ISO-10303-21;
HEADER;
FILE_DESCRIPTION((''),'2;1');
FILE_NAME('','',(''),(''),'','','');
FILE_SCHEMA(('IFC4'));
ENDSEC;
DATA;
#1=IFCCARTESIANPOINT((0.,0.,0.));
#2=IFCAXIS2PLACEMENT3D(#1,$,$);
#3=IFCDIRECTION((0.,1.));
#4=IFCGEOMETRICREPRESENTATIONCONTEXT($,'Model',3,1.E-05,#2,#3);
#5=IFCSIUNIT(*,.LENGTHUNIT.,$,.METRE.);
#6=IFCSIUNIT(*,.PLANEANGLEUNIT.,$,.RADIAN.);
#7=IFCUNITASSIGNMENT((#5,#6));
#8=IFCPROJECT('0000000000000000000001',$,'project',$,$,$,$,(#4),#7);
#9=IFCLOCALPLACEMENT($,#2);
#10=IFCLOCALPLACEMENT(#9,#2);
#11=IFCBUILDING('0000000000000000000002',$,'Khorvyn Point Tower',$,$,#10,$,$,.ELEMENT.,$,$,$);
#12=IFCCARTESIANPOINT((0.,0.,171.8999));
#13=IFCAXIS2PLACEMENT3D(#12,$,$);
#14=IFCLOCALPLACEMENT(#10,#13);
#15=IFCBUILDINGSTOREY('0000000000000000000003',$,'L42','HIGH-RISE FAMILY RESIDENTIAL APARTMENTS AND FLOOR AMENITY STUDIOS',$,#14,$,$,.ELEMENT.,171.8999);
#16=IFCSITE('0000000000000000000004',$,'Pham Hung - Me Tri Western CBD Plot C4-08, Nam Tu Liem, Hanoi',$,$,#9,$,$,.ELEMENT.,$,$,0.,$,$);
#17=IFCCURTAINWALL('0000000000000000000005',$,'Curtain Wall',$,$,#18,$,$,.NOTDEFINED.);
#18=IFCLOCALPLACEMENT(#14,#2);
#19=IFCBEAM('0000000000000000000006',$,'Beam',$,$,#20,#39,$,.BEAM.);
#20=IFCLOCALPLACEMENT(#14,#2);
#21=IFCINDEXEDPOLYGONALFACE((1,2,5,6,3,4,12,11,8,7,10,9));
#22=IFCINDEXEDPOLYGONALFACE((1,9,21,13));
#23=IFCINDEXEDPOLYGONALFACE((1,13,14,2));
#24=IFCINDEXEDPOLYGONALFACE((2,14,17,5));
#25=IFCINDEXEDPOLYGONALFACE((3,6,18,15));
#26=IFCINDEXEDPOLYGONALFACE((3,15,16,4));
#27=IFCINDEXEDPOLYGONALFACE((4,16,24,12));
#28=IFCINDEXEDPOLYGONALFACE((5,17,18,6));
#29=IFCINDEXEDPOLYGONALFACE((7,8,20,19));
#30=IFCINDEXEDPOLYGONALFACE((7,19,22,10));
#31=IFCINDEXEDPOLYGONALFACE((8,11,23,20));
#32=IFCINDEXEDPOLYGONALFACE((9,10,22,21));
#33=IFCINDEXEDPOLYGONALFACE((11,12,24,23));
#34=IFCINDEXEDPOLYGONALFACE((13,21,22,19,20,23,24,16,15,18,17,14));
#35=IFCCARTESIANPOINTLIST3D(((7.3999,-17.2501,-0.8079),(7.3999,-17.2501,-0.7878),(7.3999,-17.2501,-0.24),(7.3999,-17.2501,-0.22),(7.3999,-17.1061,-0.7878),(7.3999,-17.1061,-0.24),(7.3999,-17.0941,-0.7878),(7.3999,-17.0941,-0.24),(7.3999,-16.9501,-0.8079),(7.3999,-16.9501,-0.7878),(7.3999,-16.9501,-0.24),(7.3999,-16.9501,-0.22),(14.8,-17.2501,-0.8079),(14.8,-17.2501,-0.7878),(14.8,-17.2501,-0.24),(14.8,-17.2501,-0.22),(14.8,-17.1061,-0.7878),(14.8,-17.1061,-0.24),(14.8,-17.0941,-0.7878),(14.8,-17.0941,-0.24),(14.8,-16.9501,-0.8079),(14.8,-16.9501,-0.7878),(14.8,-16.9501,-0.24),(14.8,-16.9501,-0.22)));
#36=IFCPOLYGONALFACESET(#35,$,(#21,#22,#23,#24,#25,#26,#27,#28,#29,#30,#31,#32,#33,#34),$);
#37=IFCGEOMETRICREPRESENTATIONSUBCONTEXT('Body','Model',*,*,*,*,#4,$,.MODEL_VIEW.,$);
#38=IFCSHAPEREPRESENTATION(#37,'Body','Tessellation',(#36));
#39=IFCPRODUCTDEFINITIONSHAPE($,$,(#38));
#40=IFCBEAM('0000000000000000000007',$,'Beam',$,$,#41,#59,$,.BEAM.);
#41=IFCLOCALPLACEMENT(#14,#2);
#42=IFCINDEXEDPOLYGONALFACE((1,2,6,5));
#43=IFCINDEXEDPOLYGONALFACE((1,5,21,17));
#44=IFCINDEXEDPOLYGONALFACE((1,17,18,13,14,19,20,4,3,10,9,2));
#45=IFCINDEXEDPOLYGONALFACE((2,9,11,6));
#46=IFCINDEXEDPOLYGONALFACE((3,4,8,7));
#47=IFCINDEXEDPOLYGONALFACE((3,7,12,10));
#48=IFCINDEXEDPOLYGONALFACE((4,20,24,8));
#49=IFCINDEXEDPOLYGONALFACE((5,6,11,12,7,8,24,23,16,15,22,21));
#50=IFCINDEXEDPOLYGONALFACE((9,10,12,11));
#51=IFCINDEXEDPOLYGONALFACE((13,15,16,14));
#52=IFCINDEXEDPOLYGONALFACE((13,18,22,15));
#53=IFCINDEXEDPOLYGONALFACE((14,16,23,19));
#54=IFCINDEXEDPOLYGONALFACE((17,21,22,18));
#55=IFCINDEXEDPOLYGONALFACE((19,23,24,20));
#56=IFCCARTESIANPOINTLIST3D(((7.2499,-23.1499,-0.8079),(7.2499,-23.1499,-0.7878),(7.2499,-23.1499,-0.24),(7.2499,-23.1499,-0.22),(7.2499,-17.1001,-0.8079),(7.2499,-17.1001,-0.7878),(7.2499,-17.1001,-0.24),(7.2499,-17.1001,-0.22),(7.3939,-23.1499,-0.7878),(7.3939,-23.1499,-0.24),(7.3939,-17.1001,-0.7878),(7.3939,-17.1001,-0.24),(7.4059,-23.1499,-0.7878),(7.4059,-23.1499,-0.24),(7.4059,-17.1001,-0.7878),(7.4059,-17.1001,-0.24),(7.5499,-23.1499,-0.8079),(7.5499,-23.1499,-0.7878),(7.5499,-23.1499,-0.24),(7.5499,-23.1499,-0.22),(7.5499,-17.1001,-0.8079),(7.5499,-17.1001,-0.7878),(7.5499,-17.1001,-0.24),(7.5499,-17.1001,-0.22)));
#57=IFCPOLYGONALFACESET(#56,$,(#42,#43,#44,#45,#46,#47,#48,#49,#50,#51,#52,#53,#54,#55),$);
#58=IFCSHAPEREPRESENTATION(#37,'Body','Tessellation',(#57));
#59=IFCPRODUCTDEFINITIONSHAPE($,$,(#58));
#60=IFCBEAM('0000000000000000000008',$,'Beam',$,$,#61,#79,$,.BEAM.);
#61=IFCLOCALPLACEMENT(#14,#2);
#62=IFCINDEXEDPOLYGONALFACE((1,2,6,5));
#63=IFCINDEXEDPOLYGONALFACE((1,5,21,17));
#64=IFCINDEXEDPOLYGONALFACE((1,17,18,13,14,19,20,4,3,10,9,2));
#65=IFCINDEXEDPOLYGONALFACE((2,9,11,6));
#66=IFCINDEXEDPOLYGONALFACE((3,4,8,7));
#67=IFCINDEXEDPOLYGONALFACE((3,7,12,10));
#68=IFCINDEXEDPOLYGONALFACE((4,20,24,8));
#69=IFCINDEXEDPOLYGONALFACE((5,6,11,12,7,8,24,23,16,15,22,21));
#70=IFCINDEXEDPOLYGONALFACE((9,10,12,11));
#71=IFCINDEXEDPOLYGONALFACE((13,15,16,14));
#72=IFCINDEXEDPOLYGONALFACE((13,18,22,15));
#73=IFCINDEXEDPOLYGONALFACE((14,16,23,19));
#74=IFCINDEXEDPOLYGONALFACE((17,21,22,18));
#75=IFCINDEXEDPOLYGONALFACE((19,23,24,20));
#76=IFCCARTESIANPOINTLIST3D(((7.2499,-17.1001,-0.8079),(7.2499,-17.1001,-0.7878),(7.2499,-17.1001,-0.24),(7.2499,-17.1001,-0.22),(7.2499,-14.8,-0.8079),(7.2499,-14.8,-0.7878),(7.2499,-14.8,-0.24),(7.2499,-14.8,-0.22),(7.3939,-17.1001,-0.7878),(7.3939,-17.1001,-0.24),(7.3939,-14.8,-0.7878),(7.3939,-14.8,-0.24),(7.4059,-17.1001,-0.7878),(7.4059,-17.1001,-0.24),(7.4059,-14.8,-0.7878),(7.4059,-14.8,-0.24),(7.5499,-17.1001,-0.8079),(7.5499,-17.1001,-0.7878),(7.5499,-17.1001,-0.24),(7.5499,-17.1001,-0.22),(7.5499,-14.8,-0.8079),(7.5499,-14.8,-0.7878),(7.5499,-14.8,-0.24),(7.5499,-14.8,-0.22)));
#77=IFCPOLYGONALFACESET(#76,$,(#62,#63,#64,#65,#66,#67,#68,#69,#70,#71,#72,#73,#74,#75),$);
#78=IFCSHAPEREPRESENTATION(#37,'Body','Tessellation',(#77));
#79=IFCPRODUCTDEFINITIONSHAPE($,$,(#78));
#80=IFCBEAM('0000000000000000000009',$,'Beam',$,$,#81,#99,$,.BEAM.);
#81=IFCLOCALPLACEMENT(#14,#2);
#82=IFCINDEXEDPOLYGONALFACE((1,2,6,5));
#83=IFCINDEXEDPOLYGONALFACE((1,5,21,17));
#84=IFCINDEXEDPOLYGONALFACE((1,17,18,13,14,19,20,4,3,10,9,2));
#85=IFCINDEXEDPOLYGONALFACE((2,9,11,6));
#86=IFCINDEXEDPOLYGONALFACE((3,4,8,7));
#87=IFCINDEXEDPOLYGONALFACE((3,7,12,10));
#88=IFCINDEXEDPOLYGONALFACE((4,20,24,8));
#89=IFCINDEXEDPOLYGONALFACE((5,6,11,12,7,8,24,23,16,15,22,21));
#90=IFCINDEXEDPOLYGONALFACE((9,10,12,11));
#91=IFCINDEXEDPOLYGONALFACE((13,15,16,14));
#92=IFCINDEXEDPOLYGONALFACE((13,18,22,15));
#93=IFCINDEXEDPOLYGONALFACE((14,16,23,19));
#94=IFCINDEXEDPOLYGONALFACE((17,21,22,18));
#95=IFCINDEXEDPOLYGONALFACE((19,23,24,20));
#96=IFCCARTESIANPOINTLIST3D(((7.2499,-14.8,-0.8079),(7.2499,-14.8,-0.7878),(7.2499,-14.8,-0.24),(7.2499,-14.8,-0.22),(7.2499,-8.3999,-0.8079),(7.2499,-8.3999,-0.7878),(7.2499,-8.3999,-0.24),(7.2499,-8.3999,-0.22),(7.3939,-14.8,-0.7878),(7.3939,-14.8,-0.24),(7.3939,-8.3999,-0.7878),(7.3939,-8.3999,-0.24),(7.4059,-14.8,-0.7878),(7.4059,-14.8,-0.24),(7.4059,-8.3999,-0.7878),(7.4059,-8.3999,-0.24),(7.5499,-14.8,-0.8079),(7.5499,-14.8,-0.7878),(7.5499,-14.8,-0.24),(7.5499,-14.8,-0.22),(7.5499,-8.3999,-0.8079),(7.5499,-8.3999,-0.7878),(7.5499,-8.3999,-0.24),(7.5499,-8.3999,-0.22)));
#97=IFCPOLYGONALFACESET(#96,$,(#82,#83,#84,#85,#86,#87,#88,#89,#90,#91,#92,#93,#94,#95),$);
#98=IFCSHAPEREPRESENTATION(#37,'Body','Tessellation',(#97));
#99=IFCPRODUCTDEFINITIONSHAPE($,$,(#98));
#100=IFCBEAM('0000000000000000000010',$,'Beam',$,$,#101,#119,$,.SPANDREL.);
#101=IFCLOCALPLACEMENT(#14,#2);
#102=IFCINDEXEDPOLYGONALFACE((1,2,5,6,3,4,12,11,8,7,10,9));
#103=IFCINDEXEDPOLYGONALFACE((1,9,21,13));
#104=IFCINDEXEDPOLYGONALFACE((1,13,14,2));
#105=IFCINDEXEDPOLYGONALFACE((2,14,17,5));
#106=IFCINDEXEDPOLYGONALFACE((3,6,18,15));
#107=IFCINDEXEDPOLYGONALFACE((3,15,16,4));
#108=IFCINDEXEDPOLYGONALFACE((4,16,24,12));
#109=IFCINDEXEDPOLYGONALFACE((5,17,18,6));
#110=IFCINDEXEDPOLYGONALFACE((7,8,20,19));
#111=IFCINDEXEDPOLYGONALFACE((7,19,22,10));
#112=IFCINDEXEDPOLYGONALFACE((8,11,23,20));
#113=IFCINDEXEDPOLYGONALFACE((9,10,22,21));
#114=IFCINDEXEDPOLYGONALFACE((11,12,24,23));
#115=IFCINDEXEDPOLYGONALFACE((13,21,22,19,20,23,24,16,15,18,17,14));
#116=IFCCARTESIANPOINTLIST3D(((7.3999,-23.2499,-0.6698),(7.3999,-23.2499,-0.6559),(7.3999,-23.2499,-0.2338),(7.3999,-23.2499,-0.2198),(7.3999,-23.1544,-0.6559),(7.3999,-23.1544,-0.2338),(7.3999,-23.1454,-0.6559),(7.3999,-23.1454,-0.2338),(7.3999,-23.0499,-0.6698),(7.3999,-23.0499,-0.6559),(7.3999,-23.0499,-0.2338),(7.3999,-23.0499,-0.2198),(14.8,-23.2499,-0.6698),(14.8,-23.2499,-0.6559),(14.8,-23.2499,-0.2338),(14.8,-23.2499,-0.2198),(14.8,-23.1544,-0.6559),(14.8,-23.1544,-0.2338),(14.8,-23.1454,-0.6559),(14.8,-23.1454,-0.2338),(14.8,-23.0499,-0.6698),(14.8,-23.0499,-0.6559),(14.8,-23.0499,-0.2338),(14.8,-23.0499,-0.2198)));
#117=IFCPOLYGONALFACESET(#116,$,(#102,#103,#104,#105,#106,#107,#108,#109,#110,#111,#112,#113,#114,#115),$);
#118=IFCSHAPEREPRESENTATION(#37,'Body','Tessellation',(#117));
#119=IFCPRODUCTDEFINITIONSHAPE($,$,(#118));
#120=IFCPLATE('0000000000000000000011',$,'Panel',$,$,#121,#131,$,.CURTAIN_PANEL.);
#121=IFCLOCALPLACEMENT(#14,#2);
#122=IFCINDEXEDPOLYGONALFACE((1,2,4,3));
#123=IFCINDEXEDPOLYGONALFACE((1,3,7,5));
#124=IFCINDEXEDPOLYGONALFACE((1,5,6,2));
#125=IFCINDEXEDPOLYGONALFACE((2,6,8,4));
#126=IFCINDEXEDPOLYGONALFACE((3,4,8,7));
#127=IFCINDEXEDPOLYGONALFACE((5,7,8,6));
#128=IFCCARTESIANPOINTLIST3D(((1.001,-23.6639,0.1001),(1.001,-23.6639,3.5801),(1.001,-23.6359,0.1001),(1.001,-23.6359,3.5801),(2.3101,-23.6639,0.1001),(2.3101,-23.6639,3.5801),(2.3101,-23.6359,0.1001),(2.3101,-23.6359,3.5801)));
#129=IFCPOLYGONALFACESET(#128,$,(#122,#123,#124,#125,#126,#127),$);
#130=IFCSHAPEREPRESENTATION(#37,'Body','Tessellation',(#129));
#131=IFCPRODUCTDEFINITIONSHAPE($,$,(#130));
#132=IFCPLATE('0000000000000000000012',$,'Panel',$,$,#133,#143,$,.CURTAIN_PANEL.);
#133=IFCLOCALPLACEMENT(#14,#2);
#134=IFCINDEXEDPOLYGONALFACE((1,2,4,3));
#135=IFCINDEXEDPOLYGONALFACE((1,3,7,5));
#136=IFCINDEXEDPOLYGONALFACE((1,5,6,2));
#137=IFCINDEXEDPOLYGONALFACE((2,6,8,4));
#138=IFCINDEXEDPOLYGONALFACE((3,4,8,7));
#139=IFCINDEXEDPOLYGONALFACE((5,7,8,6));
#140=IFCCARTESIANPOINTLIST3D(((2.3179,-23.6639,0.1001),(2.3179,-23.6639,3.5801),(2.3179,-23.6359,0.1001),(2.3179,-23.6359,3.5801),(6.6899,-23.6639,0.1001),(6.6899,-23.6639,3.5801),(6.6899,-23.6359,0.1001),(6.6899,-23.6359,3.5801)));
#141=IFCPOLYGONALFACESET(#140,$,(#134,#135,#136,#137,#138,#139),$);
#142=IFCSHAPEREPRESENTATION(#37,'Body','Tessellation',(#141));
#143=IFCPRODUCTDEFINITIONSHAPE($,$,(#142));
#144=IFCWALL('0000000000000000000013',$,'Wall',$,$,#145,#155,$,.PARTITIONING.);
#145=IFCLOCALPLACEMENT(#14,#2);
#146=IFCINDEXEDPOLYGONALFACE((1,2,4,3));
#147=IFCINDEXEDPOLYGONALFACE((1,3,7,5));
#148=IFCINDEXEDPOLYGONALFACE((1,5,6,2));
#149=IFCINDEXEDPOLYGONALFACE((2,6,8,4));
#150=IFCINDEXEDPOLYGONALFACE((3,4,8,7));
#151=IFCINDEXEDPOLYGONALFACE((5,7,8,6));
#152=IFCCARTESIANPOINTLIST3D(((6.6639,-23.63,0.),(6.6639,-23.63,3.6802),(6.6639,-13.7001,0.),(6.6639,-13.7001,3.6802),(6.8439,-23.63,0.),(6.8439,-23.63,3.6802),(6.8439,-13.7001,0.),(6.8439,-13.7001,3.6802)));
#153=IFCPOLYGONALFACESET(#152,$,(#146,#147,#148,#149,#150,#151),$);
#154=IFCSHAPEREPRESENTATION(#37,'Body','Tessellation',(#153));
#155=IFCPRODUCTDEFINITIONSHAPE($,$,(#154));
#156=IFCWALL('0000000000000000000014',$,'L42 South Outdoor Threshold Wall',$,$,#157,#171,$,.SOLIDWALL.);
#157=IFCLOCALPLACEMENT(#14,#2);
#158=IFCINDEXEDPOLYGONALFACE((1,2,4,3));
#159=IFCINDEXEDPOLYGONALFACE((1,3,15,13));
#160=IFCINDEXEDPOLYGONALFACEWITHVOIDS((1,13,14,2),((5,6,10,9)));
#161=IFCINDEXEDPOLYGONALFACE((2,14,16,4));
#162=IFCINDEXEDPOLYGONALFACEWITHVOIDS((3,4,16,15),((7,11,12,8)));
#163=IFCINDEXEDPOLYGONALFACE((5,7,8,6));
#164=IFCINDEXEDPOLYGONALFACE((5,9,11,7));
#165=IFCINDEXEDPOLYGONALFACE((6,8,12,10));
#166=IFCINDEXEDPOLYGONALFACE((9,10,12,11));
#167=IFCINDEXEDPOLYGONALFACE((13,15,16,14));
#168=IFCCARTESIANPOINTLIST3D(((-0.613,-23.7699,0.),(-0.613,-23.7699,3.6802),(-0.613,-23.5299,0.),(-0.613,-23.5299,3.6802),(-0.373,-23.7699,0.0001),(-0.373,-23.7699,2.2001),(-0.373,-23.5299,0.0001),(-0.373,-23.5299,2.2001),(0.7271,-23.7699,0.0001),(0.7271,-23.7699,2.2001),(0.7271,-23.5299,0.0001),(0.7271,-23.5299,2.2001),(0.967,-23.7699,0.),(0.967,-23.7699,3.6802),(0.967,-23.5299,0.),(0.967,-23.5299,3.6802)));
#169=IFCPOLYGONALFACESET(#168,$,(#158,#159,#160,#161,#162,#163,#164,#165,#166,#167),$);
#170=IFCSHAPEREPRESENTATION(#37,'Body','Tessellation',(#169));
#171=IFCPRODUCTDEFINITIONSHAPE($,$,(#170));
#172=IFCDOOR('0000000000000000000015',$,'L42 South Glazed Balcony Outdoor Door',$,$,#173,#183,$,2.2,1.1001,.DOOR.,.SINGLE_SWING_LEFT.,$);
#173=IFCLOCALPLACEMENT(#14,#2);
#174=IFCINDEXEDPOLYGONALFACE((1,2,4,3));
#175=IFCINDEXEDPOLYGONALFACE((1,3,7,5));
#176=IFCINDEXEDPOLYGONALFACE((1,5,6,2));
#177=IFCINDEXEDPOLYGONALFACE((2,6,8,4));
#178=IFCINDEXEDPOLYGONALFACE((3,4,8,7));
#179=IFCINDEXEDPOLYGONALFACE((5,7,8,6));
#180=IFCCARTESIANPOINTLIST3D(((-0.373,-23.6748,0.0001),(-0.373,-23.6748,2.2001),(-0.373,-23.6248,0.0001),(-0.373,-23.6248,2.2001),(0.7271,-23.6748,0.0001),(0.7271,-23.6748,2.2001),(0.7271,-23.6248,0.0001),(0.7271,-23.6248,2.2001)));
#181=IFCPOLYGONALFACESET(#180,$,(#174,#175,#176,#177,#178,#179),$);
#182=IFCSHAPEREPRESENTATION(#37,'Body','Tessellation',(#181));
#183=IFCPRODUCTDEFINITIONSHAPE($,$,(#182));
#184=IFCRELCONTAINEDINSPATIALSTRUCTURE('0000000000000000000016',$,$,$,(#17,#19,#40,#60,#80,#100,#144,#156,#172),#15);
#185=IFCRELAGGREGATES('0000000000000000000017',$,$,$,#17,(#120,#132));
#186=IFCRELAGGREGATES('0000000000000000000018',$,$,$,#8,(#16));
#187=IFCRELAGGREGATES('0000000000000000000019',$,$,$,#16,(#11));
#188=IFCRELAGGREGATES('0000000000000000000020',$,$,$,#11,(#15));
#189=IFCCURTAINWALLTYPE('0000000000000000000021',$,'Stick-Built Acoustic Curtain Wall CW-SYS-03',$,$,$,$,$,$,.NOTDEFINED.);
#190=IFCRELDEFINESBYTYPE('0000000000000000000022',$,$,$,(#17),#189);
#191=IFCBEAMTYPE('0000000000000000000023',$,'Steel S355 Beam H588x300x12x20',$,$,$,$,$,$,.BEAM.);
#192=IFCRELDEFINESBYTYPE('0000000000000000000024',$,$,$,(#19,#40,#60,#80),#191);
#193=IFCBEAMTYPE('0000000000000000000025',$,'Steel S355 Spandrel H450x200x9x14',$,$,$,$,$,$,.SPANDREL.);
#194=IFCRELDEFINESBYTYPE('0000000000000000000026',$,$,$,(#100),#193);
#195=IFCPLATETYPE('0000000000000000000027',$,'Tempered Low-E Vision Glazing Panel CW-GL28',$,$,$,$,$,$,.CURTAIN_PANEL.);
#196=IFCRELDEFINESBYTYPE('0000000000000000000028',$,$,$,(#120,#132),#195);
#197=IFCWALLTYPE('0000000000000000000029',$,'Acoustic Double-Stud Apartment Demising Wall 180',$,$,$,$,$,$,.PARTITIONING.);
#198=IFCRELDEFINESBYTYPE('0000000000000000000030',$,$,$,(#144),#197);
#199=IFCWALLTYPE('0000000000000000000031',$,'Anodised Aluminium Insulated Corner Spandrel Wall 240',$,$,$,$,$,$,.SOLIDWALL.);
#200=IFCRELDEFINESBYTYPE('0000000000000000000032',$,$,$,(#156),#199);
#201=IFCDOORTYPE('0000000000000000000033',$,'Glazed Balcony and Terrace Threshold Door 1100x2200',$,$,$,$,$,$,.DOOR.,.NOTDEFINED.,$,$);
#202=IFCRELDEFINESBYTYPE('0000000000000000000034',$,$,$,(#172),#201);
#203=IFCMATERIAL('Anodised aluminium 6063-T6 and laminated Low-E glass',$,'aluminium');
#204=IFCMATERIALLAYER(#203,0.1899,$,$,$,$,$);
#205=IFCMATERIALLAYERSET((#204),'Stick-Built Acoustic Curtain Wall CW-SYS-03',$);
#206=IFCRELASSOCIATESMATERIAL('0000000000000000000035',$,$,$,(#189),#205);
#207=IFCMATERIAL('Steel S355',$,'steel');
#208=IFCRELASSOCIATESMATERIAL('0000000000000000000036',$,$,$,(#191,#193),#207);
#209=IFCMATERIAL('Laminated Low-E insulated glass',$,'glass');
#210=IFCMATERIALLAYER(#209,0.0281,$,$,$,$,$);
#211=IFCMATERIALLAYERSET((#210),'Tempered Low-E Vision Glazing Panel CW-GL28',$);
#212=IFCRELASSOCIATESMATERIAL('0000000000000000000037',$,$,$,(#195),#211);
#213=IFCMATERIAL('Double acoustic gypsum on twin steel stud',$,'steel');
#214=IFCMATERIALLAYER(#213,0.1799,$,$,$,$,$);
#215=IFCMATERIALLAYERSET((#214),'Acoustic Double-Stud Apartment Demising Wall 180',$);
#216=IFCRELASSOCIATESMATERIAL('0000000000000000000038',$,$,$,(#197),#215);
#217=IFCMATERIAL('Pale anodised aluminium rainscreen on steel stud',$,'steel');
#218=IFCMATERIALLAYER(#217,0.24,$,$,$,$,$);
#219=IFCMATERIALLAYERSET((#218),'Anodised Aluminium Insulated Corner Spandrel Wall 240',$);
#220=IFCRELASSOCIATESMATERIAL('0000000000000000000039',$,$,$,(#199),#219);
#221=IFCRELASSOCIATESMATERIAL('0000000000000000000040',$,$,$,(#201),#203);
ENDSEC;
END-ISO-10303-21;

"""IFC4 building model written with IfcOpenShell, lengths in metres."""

from ifc_helpers import new_model, si_unit, direction, frame, frame_2d, origin, origin_2d, place, context, subcontext, project, spatial, rectangle, i_section, extrude, material, layer, layer_set, material_profile, profile_set, type_object, element, fill, aggregate, save


model = new_model("IFC4")

# Units and contexts
model_context = context("Model", 3, precision=1e-05, world=origin(), true_north=direction((0.0, 1.0)))
body_context = subcontext(model_context, "Body", "Model", "MODEL_VIEW")
ifc_project = project(units=[si_unit("LENGTHUNIT", "METRE"), si_unit("PLANEANGLEUNIT", "RADIAN")], contexts=[model_context])

# Site, building, storey
site_placement = place(None, origin())
site = spatial("IfcSite", under=ifc_project, at=site_placement, Name="Pham Hung - Me Tri Western CBD Plot C4-08, Nam Tu Liem, Hanoi", CompositionType="ELEMENT", RefElevation=0.0)
building_placement = place(site_placement, origin())
building = spatial("IfcBuilding", under=site, at=building_placement, Name="Khorvyn Point Tower", CompositionType="ELEMENT")
storey_placement = place(building_placement, frame((0.0, 0.0, 171.8999)))
storey = spatial("IfcBuildingStorey", under=building, at=storey_placement, Name="L42", Description="HIGH-RISE FAMILY RESIDENTIAL APARTMENTS AND FLOOR AMENITY STUDIOS", CompositionType="ELEMENT", Elevation=171.8999)

# Curtain wall
ifc_material_1 = material(Name="Anodised aluminium 6063-T6 and laminated Low-E glass", Category="aluminium")
ifc_layer_1 = layer(ifc_material_1, 0.1899)
ifc_layer_set_1 = layer_set([ifc_layer_1], Name="Stick-Built Acoustic Curtain Wall CW-SYS-03")
curtain_wall_type = type_object("IfcCurtainWallType", Name="Stick-Built Acoustic Curtain Wall CW-SYS-03", PredefinedType="NOTDEFINED", material=ifc_layer_set_1)
curtain_wall_1_placement = place(storey_placement, origin())
curtain_wall_1 = element("IfcCurtainWall", 1, at=curtain_wall_1_placement, inside=storey, type_object=curtain_wall_type, Name="Curtain Wall", PredefinedType="NOTDEFINED")

# Beams
ifc_material_2 = material(Name="Steel S355", Category="steel")
ifc_material_profile_1 = material_profile(ifc_material_2, i_section(OverallWidth=0.3, OverallDepth=0.5879, WebThickness=0.012, FlangeThickness=0.02, at=origin_2d()))
ifc_profile_set_1 = profile_set([ifc_material_profile_1], Name="Steel S355 H588x300x12x20")
beam_type_1 = type_object("IfcBeamType", Name="Steel S355 Beam H588x300x12x20", PredefinedType="BEAM", material=ifc_profile_set_1)
for number, where, z_axis, x_axis, name in (
    (2, (7.3999, -17.1001, -0.5139), (1.0, 0.0, 0.0), (0.0, 1.0, 0.0), "Beam"),
):
    element("IfcBeam", number, at=place(storey_placement, frame(where, z_axis=z_axis, x_axis=x_axis)), inside=storey, type_object=beam_type_1, Name=name, PredefinedType="BEAM", context=body_context, shape_type="SweptSolid", body=[
        extrude(i_section(OverallWidth=0.3, OverallDepth=0.5879, WebThickness=0.012, FlangeThickness=0.02, at=origin_2d()), origin(), (0.0, 0.0, 1.0), 7.4001),
    ])
beam_1_placement = place(storey_placement, frame((7.3999, -23.1499, -0.5139), z_axis=(0.0, 1.0, 0.0), x_axis=(-1.0, 0.0, 0.0)))
element("IfcBeam", 3, at=beam_1_placement, inside=storey, type_object=beam_type_1, Name="Beam", PredefinedType="BEAM", context=body_context, shape_type="SweptSolid", body=[
    extrude(i_section(OverallWidth=0.3, OverallDepth=0.5879, WebThickness=0.012, FlangeThickness=0.02, at=origin_2d()), origin(), (0.0, 0.0, 1.0), 6.0498),
])
beam_2_placement = place(storey_placement, frame((7.3999, -17.1001, -0.5139), z_axis=(0.0, 1.0, 0.0), x_axis=(-1.0, 0.0, 0.0)))
element("IfcBeam", 4, at=beam_2_placement, inside=storey, type_object=beam_type_1, Name="Beam", PredefinedType="BEAM", context=body_context, shape_type="SweptSolid", body=[
    extrude(i_section(OverallWidth=0.3, OverallDepth=0.5879, WebThickness=0.012, FlangeThickness=0.02, at=origin_2d()), origin(), (0.0, 0.0, 1.0), 2.3),
])
beam_3_placement = place(storey_placement, frame((7.3999, -14.8, -0.5139), z_axis=(0.0, 1.0, 0.0), x_axis=(-1.0, 0.0, 0.0)))
element("IfcBeam", 5, at=beam_3_placement, inside=storey, type_object=beam_type_1, Name="Beam", PredefinedType="BEAM", context=body_context, shape_type="SweptSolid", body=[
    extrude(i_section(OverallWidth=0.3, OverallDepth=0.5879, WebThickness=0.012, FlangeThickness=0.02, at=origin_2d()), origin(), (0.0, 0.0, 1.0), 6.4001),
])
ifc_material_profile_2 = material_profile(ifc_material_2, i_section(OverallWidth=0.2, OverallDepth=0.45, WebThickness=0.009, FlangeThickness=0.0139, at=origin_2d()))
ifc_profile_set_2 = profile_set([ifc_material_profile_2], Name="Steel S355 H450x200x9x14")
beam_type_2 = type_object("IfcBeamType", Name="Steel S355 Spandrel H450x200x9x14", PredefinedType="SPANDREL", material=ifc_profile_set_2)
beam_4_placement = place(storey_placement, frame((7.3999, -23.1499, -0.4448), z_axis=(1.0, 0.0, 0.0), x_axis=(0.0, 1.0, 0.0)))
element("IfcBeam", 6, at=beam_4_placement, inside=storey, type_object=beam_type_2, Name="Beam", PredefinedType="SPANDREL", context=body_context, shape_type="SweptSolid", body=[
    extrude(i_section(OverallWidth=0.2, OverallDepth=0.45, WebThickness=0.009, FlangeThickness=0.0139, at=origin_2d()), origin(), (0.0, 0.0, 1.0), 7.4001),
])

# Plates
ifc_material_3 = material(Name="Laminated Low-E insulated glass", Category="glass")
ifc_layer_2 = layer(ifc_material_3, 0.0281)
ifc_layer_set_2 = layer_set([ifc_layer_2], Name="Tempered Low-E Vision Glazing Panel CW-GL28")
plate_type = type_object("IfcPlateType", Name="Tempered Low-E Vision Glazing Panel CW-GL28", PredefinedType="CURTAIN_PANEL", material=ifc_layer_set_2)
plate_1_placement = place(storey_placement, frame((1.6555, -23.6499, 0.1001), z_axis=(0.0, 0.0, 1.0), x_axis=(-1.0, 0.0, 0.0)))
plate_1 = element("IfcPlate", 7, at=plate_1_placement, type_object=plate_type, Name="Panel", PredefinedType="CURTAIN_PANEL", context=body_context, shape_type="SweptSolid", body=[
    extrude(rectangle(XDim=1.3091, YDim=0.0281, at=origin_2d()), origin(), (0.0, 0.0, 1.0), 3.48),
])
plate_2_placement = place(storey_placement, frame((4.5039, -23.6499, 0.1001), z_axis=(0.0, 0.0, 1.0), x_axis=(-1.0, 0.0, 0.0)))
plate_2 = element("IfcPlate", 8, at=plate_2_placement, type_object=plate_type, Name="Panel", PredefinedType="CURTAIN_PANEL", context=body_context, shape_type="SweptSolid", body=[
    extrude(rectangle(XDim=4.3721, YDim=0.0281, at=origin_2d()), origin(), (0.0, 0.0, 1.0), 3.48),
])
aggregate(curtain_wall_1, [plate_1, plate_2])

# Wall
ifc_material_4 = material(Name="Double acoustic gypsum on twin steel stud", Category="steel")
ifc_layer_3 = layer(ifc_material_4, 0.1799)
ifc_layer_set_3 = layer_set([ifc_layer_3], Name="Acoustic Double-Stud Apartment Demising Wall 180")
wall_type_1 = type_object("IfcWallType", Name="Acoustic Double-Stud Apartment Demising Wall 180", PredefinedType="PARTITIONING", material=ifc_layer_set_3)
wall_1_placement = place(storey_placement, frame((6.7539, -23.6299, 0.0), z_axis=(0.0, 0.0, 1.0), x_axis=(0.0, 1.0, 0.0)))
element("IfcWall", 9, at=wall_1_placement, inside=storey, type_object=wall_type_1, Name="Wall", PredefinedType="PARTITIONING", context=body_context, shape_type="SweptSolid", body=[
    extrude(rectangle(XDim=9.9299, YDim=0.1799, at=frame_2d((4.9648, 0.0))), origin(), (0.0, 0.0, 1.0), 3.6802),
])

# Wall, opening, door
ifc_material_5 = material(Name="Pale anodised aluminium rainscreen on steel stud", Category="steel")
ifc_layer_4 = layer(ifc_material_5, 0.24)
ifc_layer_set_4 = layer_set([ifc_layer_4], Name="Anodised Aluminium Insulated Corner Spandrel Wall 240")
wall_type_2 = type_object("IfcWallType", Name="Anodised Aluminium Insulated Corner Spandrel Wall 240", PredefinedType="SOLIDWALL", material=ifc_layer_set_4)
wall_2_placement = place(storey_placement, frame((0.967, -23.6499, 0.0), z_axis=(0.0, 0.0, 1.0), x_axis=(-1.0, 0.0, 0.0)))
wall_2 = element("IfcWall", 10, at=wall_2_placement, inside=storey, type_object=wall_type_2, Name="L42 South Outdoor Threshold Wall", PredefinedType="SOLIDWALL", context=body_context, shape_type="SweptSolid", body=[
    extrude(rectangle(XDim=1.5801, YDim=0.24, at=frame_2d((0.79, 0.0))), origin(), (0.0, 0.0, 1.0), 3.6802),
])
opening_1_placement = place(wall_2_placement, frame((0.24, 0.0, 0.0)))
opening_1 = element("IfcOpeningElement", 11, at=opening_1_placement, cuts=wall_2, PredefinedType="OPENING", context=body_context, shape_type="SweptSolid", body=[
    extrude(rectangle(XDim=1.1001, YDim=2.2, at=frame_2d((0.55, 1.1001))), frame((0.0, 0.1299, 0.0), z_axis=(0.0, -1.0, 0.0), x_axis=(1.0, 0.0, 0.0)), (0.0, 0.0, 1.0), 0.26),
])
door_type_1 = type_object("IfcDoorType", Name="Glazed Balcony and Terrace Threshold Door 1100x2200", OperationType="NOTDEFINED", PredefinedType="DOOR", material=ifc_material_1)
door_1_placement = place(opening_1_placement, origin())
door_1 = element("IfcDoor", 12, at=door_1_placement, inside=storey, type_object=door_type_1, Name="L42 South Glazed Balcony Outdoor Door", OperationType="SINGLE_SWING_LEFT", OverallHeight=2.2, OverallWidth=1.1001, PredefinedType="DOOR", context=body_context, shape_type="SweptSolid", body=[
    extrude(rectangle(XDim=1.1001, YDim=2.2, at=frame_2d((0.55, 1.1001))), frame((0.0, 0.0249, 0.0), z_axis=(0.0, -1.0, 0.0), x_axis=(1.0, 0.0, 0.0)), (0.0, 0.0, 1.0), 0.05),
])
fill(opening_1, door_1)

save(model, "model.ifc")
